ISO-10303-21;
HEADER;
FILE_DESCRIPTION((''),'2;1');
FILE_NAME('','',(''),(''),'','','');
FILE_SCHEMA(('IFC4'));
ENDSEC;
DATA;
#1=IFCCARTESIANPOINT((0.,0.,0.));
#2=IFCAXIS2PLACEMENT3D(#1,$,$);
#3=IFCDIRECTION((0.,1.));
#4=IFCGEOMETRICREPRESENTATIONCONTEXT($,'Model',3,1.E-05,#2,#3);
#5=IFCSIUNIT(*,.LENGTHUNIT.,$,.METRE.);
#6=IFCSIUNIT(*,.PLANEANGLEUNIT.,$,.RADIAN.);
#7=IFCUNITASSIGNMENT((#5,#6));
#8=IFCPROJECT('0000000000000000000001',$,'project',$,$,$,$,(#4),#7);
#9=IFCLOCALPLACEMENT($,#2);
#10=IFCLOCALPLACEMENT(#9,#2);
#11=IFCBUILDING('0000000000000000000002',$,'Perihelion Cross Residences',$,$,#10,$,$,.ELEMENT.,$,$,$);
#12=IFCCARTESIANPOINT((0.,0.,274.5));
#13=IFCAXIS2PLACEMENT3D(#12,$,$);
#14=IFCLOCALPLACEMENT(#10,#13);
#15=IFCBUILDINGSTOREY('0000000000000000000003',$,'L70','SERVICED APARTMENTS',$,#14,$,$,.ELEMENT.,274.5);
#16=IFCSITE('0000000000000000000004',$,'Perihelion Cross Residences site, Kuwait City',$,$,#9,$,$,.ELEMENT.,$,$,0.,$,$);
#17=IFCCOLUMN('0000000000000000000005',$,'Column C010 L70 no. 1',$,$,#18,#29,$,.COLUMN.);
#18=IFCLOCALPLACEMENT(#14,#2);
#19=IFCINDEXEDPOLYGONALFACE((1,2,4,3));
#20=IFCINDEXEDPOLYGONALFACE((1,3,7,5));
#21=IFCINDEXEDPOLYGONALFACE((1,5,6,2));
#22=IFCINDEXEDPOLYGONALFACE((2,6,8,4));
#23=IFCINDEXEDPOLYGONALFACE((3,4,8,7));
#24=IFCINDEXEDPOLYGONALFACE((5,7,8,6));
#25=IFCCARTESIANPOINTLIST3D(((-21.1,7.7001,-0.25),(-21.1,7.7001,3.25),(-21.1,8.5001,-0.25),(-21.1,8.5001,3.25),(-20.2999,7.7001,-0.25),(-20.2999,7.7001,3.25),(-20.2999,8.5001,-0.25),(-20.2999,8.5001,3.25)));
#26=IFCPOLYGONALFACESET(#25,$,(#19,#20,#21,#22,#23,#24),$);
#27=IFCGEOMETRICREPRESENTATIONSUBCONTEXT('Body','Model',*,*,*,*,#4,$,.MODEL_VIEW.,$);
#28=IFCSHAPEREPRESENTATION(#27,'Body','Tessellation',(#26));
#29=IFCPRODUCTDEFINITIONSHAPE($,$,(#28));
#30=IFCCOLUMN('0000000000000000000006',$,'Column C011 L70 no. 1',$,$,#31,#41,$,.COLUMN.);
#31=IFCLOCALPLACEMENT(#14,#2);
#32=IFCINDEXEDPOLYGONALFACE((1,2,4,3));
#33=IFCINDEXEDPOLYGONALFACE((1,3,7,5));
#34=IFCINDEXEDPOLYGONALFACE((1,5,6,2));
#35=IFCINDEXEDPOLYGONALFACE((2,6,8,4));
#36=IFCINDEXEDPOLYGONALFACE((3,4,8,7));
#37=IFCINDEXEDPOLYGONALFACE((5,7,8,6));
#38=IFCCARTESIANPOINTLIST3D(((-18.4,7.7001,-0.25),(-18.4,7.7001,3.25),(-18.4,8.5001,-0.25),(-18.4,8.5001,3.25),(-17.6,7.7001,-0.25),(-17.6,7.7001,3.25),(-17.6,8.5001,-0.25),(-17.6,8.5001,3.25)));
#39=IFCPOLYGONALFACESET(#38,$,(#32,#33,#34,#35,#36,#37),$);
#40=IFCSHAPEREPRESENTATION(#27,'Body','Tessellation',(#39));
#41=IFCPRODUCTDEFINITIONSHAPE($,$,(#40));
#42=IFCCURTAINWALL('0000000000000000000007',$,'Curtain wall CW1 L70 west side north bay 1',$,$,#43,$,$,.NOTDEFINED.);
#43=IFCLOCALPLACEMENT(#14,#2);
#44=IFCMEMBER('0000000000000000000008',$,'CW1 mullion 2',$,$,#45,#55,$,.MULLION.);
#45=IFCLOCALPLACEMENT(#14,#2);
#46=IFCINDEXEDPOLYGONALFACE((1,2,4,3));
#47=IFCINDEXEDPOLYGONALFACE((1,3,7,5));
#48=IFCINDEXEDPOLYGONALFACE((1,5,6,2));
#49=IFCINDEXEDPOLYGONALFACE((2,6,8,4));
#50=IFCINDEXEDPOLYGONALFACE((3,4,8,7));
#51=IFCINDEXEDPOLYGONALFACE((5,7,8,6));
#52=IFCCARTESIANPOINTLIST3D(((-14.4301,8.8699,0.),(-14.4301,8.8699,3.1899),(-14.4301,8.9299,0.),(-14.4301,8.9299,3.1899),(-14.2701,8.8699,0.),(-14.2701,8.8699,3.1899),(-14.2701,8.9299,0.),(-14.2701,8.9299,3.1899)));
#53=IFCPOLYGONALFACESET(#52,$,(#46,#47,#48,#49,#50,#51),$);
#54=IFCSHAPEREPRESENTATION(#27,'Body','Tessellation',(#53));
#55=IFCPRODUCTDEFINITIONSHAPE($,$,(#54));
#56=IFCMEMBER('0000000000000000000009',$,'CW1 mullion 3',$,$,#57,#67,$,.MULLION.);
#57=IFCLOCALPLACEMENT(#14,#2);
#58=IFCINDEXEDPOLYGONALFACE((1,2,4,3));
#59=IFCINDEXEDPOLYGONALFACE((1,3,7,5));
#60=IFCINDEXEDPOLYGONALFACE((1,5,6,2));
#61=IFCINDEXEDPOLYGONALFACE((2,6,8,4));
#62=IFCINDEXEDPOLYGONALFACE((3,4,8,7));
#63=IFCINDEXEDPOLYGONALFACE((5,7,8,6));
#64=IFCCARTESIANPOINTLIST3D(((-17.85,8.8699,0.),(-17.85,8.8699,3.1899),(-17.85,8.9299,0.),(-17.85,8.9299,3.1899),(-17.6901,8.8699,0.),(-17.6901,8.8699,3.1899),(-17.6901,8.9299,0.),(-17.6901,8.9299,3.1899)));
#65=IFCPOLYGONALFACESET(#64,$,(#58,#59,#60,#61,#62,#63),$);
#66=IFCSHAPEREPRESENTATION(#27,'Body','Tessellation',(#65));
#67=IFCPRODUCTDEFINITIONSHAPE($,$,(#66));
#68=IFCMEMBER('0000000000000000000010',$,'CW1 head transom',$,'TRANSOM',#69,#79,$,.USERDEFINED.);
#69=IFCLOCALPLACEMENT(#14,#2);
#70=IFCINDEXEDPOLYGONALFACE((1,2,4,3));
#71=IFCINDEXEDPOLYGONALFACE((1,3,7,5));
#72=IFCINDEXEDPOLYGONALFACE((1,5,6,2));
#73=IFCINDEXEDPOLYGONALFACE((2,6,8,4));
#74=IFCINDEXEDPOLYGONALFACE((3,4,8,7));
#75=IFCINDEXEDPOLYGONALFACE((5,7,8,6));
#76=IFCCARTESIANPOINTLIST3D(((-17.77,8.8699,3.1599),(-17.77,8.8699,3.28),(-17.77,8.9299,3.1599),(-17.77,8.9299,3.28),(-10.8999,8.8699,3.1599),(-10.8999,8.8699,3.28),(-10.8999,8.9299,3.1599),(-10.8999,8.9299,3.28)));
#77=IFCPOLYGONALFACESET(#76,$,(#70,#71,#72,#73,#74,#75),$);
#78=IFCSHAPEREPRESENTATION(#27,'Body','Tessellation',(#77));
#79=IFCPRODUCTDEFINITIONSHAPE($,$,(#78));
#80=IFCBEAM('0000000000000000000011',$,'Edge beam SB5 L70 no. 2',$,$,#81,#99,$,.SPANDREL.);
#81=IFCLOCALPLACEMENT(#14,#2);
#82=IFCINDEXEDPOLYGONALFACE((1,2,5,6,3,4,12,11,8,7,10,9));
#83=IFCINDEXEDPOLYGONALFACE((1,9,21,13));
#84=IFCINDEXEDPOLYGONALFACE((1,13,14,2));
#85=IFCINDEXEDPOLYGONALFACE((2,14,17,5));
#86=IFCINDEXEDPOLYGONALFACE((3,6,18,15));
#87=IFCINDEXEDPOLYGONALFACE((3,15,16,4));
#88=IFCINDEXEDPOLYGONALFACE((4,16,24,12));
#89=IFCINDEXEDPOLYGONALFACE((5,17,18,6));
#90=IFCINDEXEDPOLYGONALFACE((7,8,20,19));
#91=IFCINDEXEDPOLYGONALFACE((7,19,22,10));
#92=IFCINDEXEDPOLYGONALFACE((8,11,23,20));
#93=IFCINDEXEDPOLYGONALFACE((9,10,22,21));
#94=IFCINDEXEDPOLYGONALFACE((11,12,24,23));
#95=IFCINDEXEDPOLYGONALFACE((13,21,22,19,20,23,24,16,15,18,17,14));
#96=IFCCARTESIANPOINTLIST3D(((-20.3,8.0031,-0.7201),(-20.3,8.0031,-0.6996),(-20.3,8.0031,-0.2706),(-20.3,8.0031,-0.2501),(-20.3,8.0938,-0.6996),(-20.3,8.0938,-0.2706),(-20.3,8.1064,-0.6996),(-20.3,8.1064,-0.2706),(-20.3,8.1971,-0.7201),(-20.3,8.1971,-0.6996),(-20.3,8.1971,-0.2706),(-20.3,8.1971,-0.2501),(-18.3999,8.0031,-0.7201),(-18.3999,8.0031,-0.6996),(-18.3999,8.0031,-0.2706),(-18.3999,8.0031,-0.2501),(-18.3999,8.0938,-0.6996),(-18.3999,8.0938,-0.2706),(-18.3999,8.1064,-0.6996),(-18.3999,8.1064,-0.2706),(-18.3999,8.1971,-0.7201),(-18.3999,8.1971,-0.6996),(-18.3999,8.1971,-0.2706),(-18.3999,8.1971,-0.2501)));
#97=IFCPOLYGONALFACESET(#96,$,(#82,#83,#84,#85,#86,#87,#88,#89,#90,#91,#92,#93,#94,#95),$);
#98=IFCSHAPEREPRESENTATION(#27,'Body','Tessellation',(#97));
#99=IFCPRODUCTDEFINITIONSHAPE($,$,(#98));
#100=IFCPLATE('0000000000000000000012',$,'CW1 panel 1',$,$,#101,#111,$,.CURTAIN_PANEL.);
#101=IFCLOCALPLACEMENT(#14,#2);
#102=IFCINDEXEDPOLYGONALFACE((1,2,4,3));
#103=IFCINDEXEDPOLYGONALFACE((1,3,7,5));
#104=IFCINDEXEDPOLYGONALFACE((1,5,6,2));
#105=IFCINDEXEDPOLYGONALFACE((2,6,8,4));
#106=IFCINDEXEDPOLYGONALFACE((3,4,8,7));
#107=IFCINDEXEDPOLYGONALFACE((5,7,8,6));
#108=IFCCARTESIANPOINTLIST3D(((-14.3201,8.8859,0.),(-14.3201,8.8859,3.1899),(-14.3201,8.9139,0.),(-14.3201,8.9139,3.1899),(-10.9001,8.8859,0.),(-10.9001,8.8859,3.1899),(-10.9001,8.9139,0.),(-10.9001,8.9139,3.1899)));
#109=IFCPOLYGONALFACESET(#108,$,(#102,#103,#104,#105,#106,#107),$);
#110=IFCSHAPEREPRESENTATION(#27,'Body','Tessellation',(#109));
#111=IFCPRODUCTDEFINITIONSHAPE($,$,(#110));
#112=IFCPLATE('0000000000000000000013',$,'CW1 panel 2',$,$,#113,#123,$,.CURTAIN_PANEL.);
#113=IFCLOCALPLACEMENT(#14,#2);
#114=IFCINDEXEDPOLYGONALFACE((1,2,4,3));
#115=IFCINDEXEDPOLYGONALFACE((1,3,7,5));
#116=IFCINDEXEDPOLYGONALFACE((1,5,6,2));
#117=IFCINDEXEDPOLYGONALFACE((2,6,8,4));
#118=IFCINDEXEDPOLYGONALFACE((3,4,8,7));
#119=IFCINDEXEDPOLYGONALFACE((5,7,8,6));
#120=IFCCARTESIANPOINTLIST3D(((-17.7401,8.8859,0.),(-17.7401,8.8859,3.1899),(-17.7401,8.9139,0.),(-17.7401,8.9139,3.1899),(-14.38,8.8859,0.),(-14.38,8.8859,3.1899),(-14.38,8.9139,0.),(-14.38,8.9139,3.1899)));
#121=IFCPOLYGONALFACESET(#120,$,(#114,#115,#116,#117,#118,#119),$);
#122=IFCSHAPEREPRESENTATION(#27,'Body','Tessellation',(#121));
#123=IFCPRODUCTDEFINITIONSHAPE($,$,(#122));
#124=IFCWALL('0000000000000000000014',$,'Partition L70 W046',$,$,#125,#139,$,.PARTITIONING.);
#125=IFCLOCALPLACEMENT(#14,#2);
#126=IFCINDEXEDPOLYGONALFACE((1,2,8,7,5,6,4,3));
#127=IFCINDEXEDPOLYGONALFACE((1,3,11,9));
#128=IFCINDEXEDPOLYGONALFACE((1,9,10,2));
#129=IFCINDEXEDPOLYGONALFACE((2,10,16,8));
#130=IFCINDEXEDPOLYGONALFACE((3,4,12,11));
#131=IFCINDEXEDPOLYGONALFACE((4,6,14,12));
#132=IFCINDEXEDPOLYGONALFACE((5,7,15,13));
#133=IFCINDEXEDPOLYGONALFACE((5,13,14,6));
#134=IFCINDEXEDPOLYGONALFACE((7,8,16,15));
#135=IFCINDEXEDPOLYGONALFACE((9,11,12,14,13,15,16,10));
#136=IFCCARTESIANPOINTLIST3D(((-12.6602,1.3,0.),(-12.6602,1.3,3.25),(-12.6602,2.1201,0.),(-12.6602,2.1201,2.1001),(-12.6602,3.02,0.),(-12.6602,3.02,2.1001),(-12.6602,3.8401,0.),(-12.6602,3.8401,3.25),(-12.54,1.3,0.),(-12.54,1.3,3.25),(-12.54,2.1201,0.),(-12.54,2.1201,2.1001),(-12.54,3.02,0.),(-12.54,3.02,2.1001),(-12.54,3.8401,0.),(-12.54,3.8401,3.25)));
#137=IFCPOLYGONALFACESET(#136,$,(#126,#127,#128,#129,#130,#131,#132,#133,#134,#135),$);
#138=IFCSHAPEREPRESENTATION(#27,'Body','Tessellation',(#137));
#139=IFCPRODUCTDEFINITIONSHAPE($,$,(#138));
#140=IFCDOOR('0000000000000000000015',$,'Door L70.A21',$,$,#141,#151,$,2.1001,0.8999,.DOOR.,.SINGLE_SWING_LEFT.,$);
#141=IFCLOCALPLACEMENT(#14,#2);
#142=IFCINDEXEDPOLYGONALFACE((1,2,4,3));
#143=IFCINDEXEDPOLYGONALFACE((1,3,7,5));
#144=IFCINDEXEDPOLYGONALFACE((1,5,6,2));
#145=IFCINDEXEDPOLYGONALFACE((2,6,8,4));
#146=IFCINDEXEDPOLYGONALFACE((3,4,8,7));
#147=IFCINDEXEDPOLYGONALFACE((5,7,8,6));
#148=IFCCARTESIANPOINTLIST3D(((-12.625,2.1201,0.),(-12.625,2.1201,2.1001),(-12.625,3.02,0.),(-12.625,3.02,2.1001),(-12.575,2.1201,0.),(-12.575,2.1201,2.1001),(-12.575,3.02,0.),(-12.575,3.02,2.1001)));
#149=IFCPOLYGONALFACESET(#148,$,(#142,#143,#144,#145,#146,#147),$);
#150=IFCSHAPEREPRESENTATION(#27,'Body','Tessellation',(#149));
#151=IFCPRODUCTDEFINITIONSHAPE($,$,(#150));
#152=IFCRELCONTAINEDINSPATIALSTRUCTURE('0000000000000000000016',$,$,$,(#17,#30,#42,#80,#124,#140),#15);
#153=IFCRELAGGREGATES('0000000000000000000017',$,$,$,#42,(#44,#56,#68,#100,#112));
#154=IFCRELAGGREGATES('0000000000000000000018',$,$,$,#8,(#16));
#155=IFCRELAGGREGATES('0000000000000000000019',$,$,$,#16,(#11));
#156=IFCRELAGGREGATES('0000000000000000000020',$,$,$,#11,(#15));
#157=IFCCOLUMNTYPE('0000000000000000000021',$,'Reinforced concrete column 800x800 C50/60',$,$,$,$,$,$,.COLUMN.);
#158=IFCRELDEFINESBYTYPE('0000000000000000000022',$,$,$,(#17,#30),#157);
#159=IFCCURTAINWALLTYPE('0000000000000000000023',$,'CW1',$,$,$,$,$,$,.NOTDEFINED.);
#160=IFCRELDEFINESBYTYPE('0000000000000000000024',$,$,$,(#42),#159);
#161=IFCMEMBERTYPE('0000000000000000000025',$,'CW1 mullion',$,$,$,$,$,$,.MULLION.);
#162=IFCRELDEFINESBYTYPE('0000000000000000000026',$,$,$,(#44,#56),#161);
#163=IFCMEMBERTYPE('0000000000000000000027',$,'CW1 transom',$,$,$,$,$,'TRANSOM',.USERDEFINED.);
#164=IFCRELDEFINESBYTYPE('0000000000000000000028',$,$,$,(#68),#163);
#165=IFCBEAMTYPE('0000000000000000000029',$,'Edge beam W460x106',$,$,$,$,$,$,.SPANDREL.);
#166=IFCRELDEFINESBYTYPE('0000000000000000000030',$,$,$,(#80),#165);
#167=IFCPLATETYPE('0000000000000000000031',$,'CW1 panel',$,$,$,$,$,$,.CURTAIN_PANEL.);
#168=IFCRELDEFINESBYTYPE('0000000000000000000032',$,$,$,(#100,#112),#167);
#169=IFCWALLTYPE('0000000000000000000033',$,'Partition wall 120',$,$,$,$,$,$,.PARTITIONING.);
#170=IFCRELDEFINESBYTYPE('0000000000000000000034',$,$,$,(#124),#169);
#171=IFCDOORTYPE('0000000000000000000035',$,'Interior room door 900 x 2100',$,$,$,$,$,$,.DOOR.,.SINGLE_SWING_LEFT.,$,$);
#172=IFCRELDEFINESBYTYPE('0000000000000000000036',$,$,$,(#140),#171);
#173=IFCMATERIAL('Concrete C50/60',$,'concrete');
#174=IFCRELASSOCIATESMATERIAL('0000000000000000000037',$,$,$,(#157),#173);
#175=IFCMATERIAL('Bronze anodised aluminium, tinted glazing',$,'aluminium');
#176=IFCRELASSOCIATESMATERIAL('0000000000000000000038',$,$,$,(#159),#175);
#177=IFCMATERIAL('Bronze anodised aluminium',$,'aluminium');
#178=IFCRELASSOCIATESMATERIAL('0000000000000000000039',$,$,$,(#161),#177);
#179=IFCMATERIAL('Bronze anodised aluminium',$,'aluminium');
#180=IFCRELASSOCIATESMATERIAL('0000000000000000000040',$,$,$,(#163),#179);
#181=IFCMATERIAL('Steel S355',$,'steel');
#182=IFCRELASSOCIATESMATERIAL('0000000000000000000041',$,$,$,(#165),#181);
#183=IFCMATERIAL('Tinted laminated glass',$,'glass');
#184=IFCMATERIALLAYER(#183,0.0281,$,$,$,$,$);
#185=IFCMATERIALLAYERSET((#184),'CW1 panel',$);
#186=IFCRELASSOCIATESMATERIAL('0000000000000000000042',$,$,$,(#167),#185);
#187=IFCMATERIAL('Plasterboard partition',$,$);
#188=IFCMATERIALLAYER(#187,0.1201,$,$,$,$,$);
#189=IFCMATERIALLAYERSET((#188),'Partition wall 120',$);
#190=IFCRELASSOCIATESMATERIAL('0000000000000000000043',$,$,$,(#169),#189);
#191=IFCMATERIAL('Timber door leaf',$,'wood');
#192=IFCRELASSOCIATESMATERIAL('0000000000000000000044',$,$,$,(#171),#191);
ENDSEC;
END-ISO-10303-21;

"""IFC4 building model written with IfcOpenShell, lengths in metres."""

from ifc_helpers import new_model, si_unit, direction, frame, frame_2d, origin, origin_2d, place, context, subcontext, project, spatial, rectangle, i_section, extrude, material, layer, layer_set, material_profile, profile_set, type_object, element, fill, aggregate, save


model = new_model("IFC4")

# Units and contexts
model_context = context("Model", 3, precision=1e-05, world=origin(), true_north=direction((0.0, 1.0)))
body_context = subcontext(model_context, "Body", "Model", "MODEL_VIEW")
ifc_project = project(units=[si_unit("LENGTHUNIT", "METRE"), si_unit("PLANEANGLEUNIT", "RADIAN")], contexts=[model_context])

# Site, building, storey
site_placement = place(None, origin())
site = spatial("IfcSite", under=ifc_project, at=site_placement, Name="Perihelion Cross Residences site, Kuwait City", CompositionType="ELEMENT", RefElevation=0.0)
building_placement = place(site_placement, origin())
building = spatial("IfcBuilding", under=site, at=building_placement, Name="Perihelion Cross Residences", CompositionType="ELEMENT")
storey_placement = place(building_placement, frame((0.0, 0.0, 274.5)))
storey = spatial("IfcBuildingStorey", under=building, at=storey_placement, Name="L70", Description="SERVICED APARTMENTS", CompositionType="ELEMENT", Elevation=274.5)

# Columns
ifc_material_1 = material(Name="Concrete C50/60", Category="concrete")
ifc_material_profile_1 = material_profile(ifc_material_1, rectangle(XDim=0.8, YDim=0.8, at=origin_2d()), Name="RC 800x800")
ifc_profile_set_1 = profile_set([ifc_material_profile_1], Name="Concrete C50/60")
column_type = type_object("IfcColumnType", Name="Reinforced concrete column 800x800 C50/60", PredefinedType="COLUMN", material=ifc_profile_set_1)
for number, where, z_axis, x_axis, name in (
    (1, (-20.7, 8.1001, -0.25), (0.0, 0.0, 1.0), (1.0, 0.0, 0.0), "Column C010 L70 no. 1"),
    (2, (-18.0, 8.1001, -0.25), (0.0, 0.0, 1.0), (1.0, 0.0, 0.0), "Column C011 L70 no. 1"),
):
    element("IfcColumn", number, at=place(storey_placement, frame(where, z_axis=z_axis, x_axis=x_axis)), inside=storey, type_object=column_type, Name=name, PredefinedType="COLUMN", context=body_context, shape_type="SweptSolid", body=[
        extrude(rectangle(XDim=0.8, YDim=0.8, at=origin_2d()), origin(), (0.0, 0.0, 1.0), 3.5),
    ])

# Curtain wall, members
ifc_material_2 = material(Name="Bronze anodised aluminium, tinted glazing", Category="aluminium")
curtain_wall_type = type_object("IfcCurtainWallType", Name="CW1", PredefinedType="NOTDEFINED", material=ifc_material_2)
curtain_wall_placement = place(storey_placement, origin())
curtain_wall = element("IfcCurtainWall", 3, at=curtain_wall_placement, inside=storey, type_object=curtain_wall_type, Name="Curtain wall CW1 L70 west side north bay 1", PredefinedType="NOTDEFINED")
ifc_material_3 = material(Name="Bronze anodised aluminium", Category="aluminium")
ifc_material_profile_2 = material_profile(ifc_material_3, rectangle(XDim=0.0601, YDim=0.1599, at=origin_2d()), Name="CW1 mullion")
ifc_profile_set_2 = profile_set([ifc_material_profile_2], Name="Bronze anodised aluminium")
member_type_1 = type_object("IfcMemberType", Name="CW1 mullion", PredefinedType="MULLION", material=ifc_profile_set_2)
member_1_placement = place(storey_placement, frame((-14.3501, 8.8999, 0.0), z_axis=(0.0, 0.0, 1.0), x_axis=(0.0, -1.0, 0.0)))
member_1 = element("IfcMember", 4, at=member_1_placement, type_object=member_type_1, Name="CW1 mullion 2", PredefinedType="MULLION", context=body_context, shape_type="SweptSolid", body=[
    extrude(rectangle(XDim=0.0601, YDim=0.1599, at=origin_2d()), origin(), (0.0, 0.0, 1.0), 3.1899),
])
member_2_placement = place(storey_placement, frame((-17.77, 8.8999, 0.0), z_axis=(0.0, 0.0, 1.0), x_axis=(0.0, -1.0, 0.0)))
member_2 = element("IfcMember", 5, at=member_2_placement, type_object=member_type_1, Name="CW1 mullion 3", PredefinedType="MULLION", context=body_context, shape_type="SweptSolid", body=[
    extrude(rectangle(XDim=0.0601, YDim=0.1599, at=origin_2d()), origin(), (0.0, 0.0, 1.0), 3.1899),
])
ifc_material_4 = material(Name="Bronze anodised aluminium", Category="aluminium")
ifc_material_profile_3 = material_profile(ifc_material_4, rectangle(XDim=0.0601, YDim=0.1201, at=origin_2d()), Name="CW1 transom")
ifc_profile_set_3 = profile_set([ifc_material_profile_3], Name="Bronze anodised aluminium")
member_type_2 = type_object("IfcMemberType", Name="CW1 transom", ElementType="TRANSOM", PredefinedType="USERDEFINED", material=ifc_profile_set_3)
member_3_placement = place(storey_placement, frame((-10.8999, 8.8999, 3.22), z_axis=(-1.0, 0.0, 0.0), x_axis=(0.0, -1.0, 0.0)))
member_3 = element("IfcMember", 6, at=member_3_placement, type_object=member_type_2, Name="CW1 head transom", ObjectType="TRANSOM", PredefinedType="USERDEFINED", context=body_context, shape_type="SweptSolid", body=[
    extrude(rectangle(XDim=0.0601, YDim=0.1201, at=origin_2d()), origin(), (0.0, 0.0, 1.0), 6.8701),
])

# Beam
ifc_material_5 = material(Name="Steel S355", Category="steel")
ifc_material_profile_4 = material_profile(ifc_material_5, i_section(OverallWidth=0.1941, OverallDepth=0.47, WebThickness=0.0127, FlangeThickness=0.0205, at=origin_2d()), Name="W460x106")
ifc_profile_set_4 = profile_set([ifc_material_profile_4], Name="Steel S355")
beam_type = type_object("IfcBeamType", Name="Edge beam W460x106", PredefinedType="SPANDREL", material=ifc_profile_set_4)
beam_placement = place(storey_placement, frame((-18.3999, 8.1001, -0.4851), z_axis=(-1.0, 0.0, 0.0), x_axis=(0.0, -1.0, 0.0)))
element("IfcBeam", 7, at=beam_placement, inside=storey, type_object=beam_type, Name="Edge beam SB5 L70 no. 2", PredefinedType="SPANDREL", context=body_context, shape_type="SweptSolid", body=[
    extrude(i_section(OverallWidth=0.1941, OverallDepth=0.47, WebThickness=0.0127, FlangeThickness=0.0205, at=origin_2d()), origin(), (0.0, 0.0, 1.0), 1.9001),
])

# Plates
ifc_material_6 = material(Name="Tinted laminated glass", Category="glass")
ifc_layer_1 = layer(ifc_material_6, 0.0281)
ifc_layer_set_1 = layer_set([ifc_layer_1], Name="CW1 panel")
plate_type = type_object("IfcPlateType", Name="CW1 panel", PredefinedType="CURTAIN_PANEL", material=ifc_layer_set_1)
plate_1_placement = place(storey_placement, frame((-12.6101, 8.8999, 0.0), z_axis=(0.0, 0.0, 1.0), x_axis=(-1.0, 0.0, 0.0)))
plate_1 = element("IfcPlate", 8, at=plate_1_placement, type_object=plate_type, Name="CW1 panel 1", PredefinedType="CURTAIN_PANEL", context=body_context, shape_type="SweptSolid", body=[
    extrude(rectangle(XDim=3.4199, YDim=0.0281, at=origin_2d()), origin(), (0.0, 0.0, 1.0), 3.1899),
])
plate_2_placement = place(storey_placement, frame((-16.0601, 8.8999, 0.0), z_axis=(0.0, 0.0, 1.0), x_axis=(-1.0, 0.0, 0.0)))
plate_2 = element("IfcPlate", 9, at=plate_2_placement, type_object=plate_type, Name="CW1 panel 2", PredefinedType="CURTAIN_PANEL", context=body_context, shape_type="SweptSolid", body=[
    extrude(rectangle(XDim=3.3601, YDim=0.0281, at=origin_2d()), origin(), (0.0, 0.0, 1.0), 3.1899),
])
aggregate(curtain_wall, [member_1, member_2, member_3, plate_1, plate_2])

# Wall, opening, door
ifc_material_7 = material(Name="Plasterboard partition")
ifc_layer_2 = layer(ifc_material_7, 0.1201)
ifc_layer_set_2 = layer_set([ifc_layer_2], Name="Partition wall 120")
wall_type_1 = type_object("IfcWallType", Name="Partition wall 120", PredefinedType="PARTITIONING", material=ifc_layer_set_2)
wall_1_placement = place(storey_placement, frame((-12.6001, 1.3, 0.0), z_axis=(0.0, 0.0, 1.0), x_axis=(0.0, 1.0, 0.0)))
wall_1 = element("IfcWall", 10, at=wall_1_placement, inside=storey, type_object=wall_type_1, Name="Partition L70 W046", PredefinedType="PARTITIONING", context=body_context, shape_type="SweptSolid", body=[
    extrude(rectangle(XDim=2.54, YDim=0.1201, at=frame_2d((1.27, 0.0))), origin(), (0.0, 0.0, 1.0), 3.25),
])
opening_1_placement = place(wall_1_placement, frame((0.8201, 0.0, 0.0)))
opening_1 = element("IfcOpeningElement", 11, at=opening_1_placement, cuts=wall_1, PredefinedType="OPENING", context=body_context, shape_type="SweptSolid", body=[
    extrude(rectangle(XDim=0.8999, YDim=2.1001, at=frame_2d((0.45, 1.05))), frame((0.0, 0.0701, 0.0), z_axis=(0.0, -1.0, 0.0), x_axis=(1.0, 0.0, 0.0)), (0.0, 0.0, 1.0), 0.1401),
])
ifc_material_8 = material(Name="Timber door leaf", Category="wood")
door_type_1 = type_object("IfcDoorType", Name="Interior room door 900 x 2100", OperationType="SINGLE_SWING_LEFT", PredefinedType="DOOR", material=ifc_material_8)
door_1_placement = place(opening_1_placement, origin())
door_1 = element("IfcDoor", 12, at=door_1_placement, inside=storey, type_object=door_type_1, Name="Door L70.A21", OperationType="SINGLE_SWING_LEFT", OverallHeight=2.1001, OverallWidth=0.8999, PredefinedType="DOOR", context=body_context, shape_type="SweptSolid", body=[
    extrude(rectangle(XDim=0.8999, YDim=2.1001, at=frame_2d((0.45, 1.05))), frame((0.0, 0.0249, 0.0), z_axis=(0.0, -1.0, 0.0), x_axis=(1.0, 0.0, 0.0)), (0.0, 0.0, 1.0), 0.05),
])
fill(opening_1, door_1)

save(model, "model.ifc")
